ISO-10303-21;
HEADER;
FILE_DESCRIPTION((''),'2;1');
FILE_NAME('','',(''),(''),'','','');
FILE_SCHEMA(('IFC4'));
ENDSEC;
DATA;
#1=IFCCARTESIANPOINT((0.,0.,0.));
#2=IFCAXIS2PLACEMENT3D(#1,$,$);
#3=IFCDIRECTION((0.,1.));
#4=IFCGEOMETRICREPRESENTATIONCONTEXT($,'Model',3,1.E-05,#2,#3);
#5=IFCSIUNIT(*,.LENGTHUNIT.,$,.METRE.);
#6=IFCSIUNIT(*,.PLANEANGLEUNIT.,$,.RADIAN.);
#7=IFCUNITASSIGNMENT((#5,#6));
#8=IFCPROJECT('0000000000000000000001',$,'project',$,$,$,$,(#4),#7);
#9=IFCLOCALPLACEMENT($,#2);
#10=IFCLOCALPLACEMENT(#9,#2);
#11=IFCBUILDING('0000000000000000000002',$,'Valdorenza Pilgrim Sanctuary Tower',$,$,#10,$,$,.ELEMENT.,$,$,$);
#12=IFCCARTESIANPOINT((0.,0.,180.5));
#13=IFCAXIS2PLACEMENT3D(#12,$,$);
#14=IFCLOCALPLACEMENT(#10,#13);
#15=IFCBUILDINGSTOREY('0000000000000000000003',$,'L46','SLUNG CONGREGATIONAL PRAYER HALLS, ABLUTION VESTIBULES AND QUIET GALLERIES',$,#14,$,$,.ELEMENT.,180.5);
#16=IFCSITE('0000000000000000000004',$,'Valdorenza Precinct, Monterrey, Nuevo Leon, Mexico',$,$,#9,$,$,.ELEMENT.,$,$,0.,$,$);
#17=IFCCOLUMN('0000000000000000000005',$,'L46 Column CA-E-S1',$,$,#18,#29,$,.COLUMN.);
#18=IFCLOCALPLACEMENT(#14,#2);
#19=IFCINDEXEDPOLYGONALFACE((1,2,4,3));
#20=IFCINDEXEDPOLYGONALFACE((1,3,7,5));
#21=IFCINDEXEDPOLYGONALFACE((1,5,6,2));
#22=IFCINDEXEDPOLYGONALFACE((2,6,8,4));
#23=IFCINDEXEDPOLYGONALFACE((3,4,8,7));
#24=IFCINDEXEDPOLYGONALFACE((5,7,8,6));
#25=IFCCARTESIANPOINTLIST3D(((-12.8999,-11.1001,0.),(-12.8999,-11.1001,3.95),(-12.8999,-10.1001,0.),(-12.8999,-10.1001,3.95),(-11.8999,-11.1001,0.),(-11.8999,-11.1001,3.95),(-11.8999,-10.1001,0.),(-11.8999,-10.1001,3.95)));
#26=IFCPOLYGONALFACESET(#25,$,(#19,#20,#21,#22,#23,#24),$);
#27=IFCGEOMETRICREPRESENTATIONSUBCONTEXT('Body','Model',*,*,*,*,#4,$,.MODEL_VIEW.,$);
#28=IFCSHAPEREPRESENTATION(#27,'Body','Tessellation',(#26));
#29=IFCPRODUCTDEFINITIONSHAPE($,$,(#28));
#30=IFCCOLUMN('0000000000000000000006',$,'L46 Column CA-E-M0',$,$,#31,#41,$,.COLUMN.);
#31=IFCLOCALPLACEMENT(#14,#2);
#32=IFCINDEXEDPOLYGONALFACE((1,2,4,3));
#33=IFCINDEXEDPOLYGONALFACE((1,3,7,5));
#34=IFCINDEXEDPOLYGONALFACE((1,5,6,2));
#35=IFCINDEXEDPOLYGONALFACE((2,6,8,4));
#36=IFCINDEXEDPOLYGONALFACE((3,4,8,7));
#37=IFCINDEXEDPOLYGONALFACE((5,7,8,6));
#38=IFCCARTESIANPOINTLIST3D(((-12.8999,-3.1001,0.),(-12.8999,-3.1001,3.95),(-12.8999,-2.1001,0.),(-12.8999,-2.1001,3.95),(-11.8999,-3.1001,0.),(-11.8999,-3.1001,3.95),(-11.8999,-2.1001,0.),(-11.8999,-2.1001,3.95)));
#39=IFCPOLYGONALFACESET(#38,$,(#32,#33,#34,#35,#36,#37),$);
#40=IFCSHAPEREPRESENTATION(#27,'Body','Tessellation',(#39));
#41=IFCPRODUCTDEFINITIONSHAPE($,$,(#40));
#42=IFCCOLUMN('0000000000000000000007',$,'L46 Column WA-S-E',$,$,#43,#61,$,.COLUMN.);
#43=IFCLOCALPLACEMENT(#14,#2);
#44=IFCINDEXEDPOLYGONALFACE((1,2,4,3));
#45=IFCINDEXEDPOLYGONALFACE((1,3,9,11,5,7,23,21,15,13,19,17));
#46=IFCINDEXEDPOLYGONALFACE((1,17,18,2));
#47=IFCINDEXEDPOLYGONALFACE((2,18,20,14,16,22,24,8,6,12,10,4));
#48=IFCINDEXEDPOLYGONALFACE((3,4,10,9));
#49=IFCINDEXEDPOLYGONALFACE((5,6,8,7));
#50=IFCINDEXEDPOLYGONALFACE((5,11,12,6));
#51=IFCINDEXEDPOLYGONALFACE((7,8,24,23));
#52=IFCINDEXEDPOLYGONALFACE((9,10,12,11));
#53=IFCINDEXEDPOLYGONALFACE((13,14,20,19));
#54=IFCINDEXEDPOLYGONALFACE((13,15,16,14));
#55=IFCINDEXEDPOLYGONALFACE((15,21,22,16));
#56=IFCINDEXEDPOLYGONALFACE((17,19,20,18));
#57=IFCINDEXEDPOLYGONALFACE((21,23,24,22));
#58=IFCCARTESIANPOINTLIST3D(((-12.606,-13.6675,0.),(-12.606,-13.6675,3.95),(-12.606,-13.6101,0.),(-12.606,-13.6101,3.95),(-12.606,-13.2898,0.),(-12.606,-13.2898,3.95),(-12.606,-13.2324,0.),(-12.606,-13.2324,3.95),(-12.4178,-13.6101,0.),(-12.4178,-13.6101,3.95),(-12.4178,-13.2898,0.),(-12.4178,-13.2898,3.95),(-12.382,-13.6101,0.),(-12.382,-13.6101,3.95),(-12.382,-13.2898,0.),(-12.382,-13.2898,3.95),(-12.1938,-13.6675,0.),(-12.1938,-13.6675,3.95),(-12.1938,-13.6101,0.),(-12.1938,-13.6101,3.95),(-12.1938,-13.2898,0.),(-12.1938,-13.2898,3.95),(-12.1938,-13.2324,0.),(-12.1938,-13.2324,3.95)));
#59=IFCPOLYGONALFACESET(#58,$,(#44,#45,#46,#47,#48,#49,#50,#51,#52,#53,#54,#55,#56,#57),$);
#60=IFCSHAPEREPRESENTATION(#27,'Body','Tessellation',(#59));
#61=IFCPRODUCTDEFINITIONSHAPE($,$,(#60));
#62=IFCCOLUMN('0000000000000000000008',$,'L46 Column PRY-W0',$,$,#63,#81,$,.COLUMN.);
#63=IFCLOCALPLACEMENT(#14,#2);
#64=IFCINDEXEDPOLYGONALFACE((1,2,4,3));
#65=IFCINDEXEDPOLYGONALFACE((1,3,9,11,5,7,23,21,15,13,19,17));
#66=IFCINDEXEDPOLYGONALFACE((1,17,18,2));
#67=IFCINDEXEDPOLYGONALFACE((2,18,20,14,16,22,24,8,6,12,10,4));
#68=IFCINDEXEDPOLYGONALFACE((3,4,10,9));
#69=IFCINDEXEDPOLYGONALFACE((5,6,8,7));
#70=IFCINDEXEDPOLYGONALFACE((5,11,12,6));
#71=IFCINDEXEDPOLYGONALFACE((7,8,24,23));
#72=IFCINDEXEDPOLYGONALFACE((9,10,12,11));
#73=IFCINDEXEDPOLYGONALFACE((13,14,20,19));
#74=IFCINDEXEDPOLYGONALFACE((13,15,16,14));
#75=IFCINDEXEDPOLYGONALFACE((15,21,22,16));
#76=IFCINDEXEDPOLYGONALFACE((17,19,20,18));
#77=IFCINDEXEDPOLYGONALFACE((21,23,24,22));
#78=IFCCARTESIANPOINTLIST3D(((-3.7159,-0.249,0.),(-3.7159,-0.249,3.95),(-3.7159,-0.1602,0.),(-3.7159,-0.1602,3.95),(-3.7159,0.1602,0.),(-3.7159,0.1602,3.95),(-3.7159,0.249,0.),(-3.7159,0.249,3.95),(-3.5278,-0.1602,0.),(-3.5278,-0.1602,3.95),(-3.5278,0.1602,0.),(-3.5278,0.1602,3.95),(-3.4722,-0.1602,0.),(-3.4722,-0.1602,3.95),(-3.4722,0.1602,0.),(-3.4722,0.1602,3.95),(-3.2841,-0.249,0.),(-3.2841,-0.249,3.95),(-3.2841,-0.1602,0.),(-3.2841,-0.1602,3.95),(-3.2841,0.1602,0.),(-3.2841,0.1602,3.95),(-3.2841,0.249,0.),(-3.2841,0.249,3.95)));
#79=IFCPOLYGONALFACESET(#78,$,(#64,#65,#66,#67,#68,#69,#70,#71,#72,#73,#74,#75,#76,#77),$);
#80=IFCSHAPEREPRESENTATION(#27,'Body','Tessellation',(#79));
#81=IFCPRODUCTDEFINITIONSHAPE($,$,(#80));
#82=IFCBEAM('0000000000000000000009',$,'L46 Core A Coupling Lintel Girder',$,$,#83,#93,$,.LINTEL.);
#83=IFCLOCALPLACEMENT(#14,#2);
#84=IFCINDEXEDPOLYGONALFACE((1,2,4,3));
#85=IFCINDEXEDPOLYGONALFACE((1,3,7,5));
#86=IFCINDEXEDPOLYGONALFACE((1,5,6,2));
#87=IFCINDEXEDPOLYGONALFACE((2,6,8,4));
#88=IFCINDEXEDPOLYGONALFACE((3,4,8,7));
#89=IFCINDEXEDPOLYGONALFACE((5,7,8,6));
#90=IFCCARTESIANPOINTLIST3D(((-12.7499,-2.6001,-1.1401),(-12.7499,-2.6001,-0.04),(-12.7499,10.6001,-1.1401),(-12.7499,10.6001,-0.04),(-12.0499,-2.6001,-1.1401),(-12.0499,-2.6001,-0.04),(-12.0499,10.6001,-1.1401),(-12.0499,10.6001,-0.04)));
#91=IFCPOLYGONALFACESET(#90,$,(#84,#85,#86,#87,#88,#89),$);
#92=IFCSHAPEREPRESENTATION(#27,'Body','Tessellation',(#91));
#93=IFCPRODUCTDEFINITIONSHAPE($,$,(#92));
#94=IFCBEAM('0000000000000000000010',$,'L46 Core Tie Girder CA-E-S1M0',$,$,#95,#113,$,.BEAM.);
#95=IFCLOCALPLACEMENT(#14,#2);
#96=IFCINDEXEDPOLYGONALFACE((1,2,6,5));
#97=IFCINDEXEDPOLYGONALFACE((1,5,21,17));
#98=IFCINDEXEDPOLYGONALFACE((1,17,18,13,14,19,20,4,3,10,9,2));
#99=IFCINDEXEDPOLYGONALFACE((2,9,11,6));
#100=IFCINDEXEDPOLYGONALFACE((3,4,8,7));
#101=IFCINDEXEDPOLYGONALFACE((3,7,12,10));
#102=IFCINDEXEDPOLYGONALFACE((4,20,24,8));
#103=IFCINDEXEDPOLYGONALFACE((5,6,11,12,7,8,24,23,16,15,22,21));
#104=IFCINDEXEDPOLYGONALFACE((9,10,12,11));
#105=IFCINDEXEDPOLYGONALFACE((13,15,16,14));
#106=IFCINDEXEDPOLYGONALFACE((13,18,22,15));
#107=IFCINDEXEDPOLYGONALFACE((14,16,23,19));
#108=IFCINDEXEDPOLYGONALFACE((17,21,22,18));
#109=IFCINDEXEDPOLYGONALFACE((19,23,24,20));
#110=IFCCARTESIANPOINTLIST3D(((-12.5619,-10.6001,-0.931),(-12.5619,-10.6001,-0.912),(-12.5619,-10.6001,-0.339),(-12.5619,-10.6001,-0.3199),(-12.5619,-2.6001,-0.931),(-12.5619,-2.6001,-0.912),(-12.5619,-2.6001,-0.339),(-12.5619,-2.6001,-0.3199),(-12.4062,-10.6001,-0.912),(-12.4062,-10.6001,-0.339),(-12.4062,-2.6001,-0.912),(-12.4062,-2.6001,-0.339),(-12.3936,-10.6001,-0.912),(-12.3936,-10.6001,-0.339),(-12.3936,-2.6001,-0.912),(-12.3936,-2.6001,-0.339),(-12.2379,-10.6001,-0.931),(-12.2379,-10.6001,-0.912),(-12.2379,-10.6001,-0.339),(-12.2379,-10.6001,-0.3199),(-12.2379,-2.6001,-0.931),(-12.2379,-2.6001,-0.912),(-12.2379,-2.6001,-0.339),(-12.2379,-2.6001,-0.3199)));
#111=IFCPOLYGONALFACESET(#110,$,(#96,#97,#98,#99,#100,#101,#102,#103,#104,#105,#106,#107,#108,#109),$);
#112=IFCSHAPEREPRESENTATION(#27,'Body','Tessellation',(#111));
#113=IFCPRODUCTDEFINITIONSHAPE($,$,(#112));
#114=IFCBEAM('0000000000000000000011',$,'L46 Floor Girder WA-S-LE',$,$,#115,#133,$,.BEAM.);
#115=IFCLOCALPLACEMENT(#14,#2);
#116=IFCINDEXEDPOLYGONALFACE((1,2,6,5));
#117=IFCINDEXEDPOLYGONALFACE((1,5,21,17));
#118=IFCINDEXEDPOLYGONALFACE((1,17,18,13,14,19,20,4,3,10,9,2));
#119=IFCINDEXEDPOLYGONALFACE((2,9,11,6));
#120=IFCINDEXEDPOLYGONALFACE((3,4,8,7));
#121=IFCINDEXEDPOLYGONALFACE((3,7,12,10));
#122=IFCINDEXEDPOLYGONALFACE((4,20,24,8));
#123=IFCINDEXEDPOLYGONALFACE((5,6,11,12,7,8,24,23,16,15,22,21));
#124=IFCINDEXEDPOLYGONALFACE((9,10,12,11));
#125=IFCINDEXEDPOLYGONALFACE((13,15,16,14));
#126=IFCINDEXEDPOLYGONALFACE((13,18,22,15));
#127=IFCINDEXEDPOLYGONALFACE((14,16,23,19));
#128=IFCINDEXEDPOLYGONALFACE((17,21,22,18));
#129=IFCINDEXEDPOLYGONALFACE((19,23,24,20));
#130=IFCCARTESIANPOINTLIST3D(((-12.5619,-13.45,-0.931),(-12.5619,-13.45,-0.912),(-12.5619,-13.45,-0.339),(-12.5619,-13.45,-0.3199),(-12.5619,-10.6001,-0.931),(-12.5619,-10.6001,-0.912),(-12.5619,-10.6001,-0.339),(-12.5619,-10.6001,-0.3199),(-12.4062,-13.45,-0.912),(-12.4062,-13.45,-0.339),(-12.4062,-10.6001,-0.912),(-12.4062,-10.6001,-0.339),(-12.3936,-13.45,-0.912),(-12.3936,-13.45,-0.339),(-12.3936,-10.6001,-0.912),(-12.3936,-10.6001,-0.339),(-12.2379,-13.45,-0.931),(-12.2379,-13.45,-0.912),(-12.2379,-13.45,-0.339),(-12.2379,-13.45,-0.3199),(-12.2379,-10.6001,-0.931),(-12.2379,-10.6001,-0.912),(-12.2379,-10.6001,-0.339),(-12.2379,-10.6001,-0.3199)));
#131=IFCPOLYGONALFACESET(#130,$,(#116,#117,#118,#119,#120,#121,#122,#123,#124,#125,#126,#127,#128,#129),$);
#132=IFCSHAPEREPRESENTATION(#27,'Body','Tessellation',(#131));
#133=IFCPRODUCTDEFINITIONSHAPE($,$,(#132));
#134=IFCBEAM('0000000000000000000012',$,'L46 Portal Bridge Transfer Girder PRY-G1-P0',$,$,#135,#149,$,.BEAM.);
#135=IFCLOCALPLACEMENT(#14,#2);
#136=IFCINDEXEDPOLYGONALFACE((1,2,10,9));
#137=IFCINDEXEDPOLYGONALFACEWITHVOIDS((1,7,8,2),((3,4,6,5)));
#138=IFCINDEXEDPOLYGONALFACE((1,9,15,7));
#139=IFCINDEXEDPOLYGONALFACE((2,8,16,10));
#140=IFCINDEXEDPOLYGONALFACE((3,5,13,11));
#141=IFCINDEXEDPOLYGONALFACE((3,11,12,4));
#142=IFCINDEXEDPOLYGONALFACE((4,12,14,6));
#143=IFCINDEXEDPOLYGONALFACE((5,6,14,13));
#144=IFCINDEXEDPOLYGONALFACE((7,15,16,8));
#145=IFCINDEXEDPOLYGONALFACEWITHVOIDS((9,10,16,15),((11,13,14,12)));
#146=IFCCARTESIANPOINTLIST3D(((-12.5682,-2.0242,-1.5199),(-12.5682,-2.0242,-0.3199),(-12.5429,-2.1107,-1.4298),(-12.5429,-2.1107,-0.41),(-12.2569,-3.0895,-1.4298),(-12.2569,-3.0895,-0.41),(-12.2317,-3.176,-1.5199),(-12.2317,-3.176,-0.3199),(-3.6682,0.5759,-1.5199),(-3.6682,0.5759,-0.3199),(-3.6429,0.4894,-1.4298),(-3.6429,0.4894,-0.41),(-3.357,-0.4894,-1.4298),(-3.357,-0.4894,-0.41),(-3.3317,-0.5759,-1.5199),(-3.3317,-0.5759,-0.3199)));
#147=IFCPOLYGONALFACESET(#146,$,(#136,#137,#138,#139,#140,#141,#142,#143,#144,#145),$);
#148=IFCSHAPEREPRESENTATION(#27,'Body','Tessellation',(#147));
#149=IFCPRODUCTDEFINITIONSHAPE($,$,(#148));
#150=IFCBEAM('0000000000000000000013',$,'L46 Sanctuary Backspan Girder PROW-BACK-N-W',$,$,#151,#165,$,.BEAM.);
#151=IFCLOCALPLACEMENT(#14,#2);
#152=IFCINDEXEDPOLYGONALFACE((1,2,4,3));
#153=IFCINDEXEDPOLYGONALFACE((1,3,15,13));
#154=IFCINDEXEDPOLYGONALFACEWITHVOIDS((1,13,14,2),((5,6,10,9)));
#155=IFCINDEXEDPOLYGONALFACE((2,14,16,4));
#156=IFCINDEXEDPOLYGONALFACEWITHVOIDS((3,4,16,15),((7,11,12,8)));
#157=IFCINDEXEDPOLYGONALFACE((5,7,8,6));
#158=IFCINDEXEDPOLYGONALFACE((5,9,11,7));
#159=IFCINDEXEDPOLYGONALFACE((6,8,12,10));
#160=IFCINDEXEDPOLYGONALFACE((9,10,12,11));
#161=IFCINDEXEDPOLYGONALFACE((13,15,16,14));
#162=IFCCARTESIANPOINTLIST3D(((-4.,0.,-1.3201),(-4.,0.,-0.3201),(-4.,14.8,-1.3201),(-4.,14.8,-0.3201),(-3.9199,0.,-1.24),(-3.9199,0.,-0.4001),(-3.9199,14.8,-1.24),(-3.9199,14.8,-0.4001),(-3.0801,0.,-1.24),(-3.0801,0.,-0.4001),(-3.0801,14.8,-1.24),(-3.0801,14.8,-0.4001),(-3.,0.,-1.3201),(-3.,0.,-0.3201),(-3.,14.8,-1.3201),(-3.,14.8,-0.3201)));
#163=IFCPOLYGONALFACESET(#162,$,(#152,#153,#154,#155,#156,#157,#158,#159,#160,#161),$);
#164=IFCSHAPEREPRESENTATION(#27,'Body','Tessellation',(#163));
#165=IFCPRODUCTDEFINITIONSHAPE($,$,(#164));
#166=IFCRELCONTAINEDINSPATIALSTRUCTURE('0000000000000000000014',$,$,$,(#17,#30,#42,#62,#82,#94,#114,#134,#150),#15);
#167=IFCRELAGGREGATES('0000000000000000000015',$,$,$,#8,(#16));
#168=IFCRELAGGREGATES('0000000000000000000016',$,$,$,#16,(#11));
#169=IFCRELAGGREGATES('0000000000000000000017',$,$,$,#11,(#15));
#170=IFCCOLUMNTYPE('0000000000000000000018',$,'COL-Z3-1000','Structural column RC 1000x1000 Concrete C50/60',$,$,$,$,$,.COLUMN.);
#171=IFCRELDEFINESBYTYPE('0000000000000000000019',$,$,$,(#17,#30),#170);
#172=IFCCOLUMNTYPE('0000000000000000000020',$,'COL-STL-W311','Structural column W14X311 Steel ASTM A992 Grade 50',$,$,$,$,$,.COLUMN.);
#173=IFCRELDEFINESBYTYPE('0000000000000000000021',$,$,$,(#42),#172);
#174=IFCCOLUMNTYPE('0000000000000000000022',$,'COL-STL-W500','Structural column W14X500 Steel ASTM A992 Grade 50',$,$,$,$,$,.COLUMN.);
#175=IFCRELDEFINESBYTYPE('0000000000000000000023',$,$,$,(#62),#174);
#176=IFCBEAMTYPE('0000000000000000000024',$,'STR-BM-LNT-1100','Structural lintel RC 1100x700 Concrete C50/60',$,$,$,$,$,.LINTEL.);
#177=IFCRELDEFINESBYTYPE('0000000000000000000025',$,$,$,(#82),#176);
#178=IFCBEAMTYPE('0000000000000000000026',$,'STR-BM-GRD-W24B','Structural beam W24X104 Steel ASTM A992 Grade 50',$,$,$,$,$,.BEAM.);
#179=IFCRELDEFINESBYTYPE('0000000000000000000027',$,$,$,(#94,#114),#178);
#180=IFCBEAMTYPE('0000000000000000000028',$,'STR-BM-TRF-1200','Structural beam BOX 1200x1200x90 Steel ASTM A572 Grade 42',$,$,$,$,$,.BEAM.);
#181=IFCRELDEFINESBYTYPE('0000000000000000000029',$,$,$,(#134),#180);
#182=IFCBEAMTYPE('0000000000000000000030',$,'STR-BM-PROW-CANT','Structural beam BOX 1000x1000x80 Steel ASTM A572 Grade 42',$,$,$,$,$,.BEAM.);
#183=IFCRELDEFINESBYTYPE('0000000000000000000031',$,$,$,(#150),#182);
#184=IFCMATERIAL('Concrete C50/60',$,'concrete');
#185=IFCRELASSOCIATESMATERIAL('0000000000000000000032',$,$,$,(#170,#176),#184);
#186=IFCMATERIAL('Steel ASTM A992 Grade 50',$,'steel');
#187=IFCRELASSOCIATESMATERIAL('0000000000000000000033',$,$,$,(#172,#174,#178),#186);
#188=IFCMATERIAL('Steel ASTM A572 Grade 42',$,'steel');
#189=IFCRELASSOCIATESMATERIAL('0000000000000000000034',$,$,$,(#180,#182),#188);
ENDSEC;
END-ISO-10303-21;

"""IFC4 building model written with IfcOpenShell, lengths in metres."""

from ifc_helpers import new_model, si_unit, direction, frame, origin, origin_2d, place, context, subcontext, project, spatial, rectangle, hollow_rectangle, i_section, extrude, source, transform, mapped, material, material_profile, profile_set, type_object, element, save


model = new_model("IFC4")

# Units and contexts
model_context = context("Model", 3, precision=1e-05, world=origin(), true_north=direction((0.0, 1.0)))
body_context = subcontext(model_context, "Body", "Model", "MODEL_VIEW")
ifc_project = project(units=[si_unit("LENGTHUNIT", "METRE"), si_unit("PLANEANGLEUNIT", "RADIAN")], contexts=[model_context])

# Site, building, storey
site_placement = place(None, origin())
site = spatial("IfcSite", under=ifc_project, at=site_placement, Name="Valdorenza Precinct, Monterrey, Nuevo Leon, Mexico", CompositionType="ELEMENT", RefElevation=0.0)
building_placement = place(site_placement, origin())
building = spatial("IfcBuilding", under=site, at=building_placement, Name="Valdorenza Pilgrim Sanctuary Tower", CompositionType="ELEMENT")
storey_placement = place(building_placement, frame((0.0, 0.0, 180.5)))
storey = spatial("IfcBuildingStorey", under=building, at=storey_placement, Name="L46", Description="SLUNG CONGREGATIONAL PRAYER HALLS, ABLUTION VESTIBULES AND QUIET GALLERIES", CompositionType="ELEMENT", Elevation=180.5)

# Columns
ifc_material_1 = material(Name="Concrete C50/60", Category="concrete")
ifc_material_profile_1 = material_profile(ifc_material_1, rectangle(XDim=1.0, YDim=1.0, at=origin_2d()), Name="RC 1000x1000")
ifc_profile_set_1 = profile_set([ifc_material_profile_1], Name="Concrete C50/60")
column_type_1 = type_object("IfcColumnType", Name="COL-Z3-1000", Description="Structural column RC 1000x1000 Concrete C50/60", PredefinedType="COLUMN", material=ifc_profile_set_1)
shared_shape_1 = source(origin(), body_context, "Body", "SweptSolid", [
    extrude(rectangle(XDim=1.0, YDim=1.0, at=origin_2d()), origin(), (0.0, 0.0, 1.0), 3.95),
])
for number, where, z_axis, x_axis, name in (
    (1, (-12.3999, -10.6001, 0.0), (0.0, 0.0, 1.0), (1.0, 0.0, 0.0), "L46 Column CA-E-S1"),
    (2, (-12.3999, -2.6001, 0.0), (0.0, 0.0, 1.0), (1.0, 0.0, 0.0), "L46 Column CA-E-M0"),
):
    element("IfcColumn", number, at=place(storey_placement, frame(where, z_axis=z_axis, x_axis=x_axis)), inside=storey, type_object=column_type_1, Name=name, PredefinedType="COLUMN", context=body_context, shape_type="MappedRepresentation", body=[
        mapped(shared_shape_1, transform((0.0, 0.0, 0.0), x_axis=(1.0, 0.0, 0.0), y_axis=(0.0, 1.0, 0.0), z_axis=(0.0, 0.0, 1.0), scale=1.0)),
    ])
ifc_material_2 = material(Name="Steel ASTM A992 Grade 50", Category="steel")
ifc_material_profile_2 = material_profile(ifc_material_2, i_section(OverallWidth=0.4121, OverallDepth=0.4351, WebThickness=0.0359, FlangeThickness=0.0574, at=origin_2d()), Name="W14X311")
ifc_profile_set_2 = profile_set([ifc_material_profile_2], Name="Steel ASTM A992 Grade 50")
column_type_2 = type_object("IfcColumnType", Name="COL-STL-W311", Description="Structural column W14X311 Steel ASTM A992 Grade 50", PredefinedType="COLUMN", material=ifc_profile_set_2)
shared_shape_2 = source(origin(), body_context, "Body", "SweptSolid", [
    extrude(i_section(OverallWidth=0.4121, OverallDepth=0.4351, WebThickness=0.0359, FlangeThickness=0.0574, at=origin_2d()), origin(), (0.0, 0.0, 1.0), 3.95),
])
column_1_placement = place(storey_placement, frame((-12.3999, -13.45, 0.0), z_axis=(0.0, 0.0, 1.0), x_axis=(1.0, 0.0, 0.0)))
element("IfcColumn", 3, at=column_1_placement, inside=storey, type_object=column_type_2, Name="L46 Column WA-S-E", PredefinedType="COLUMN", context=body_context, shape_type="MappedRepresentation", body=[
    mapped(shared_shape_2, transform((0.0, 0.0, 0.0), x_axis=(1.0, 0.0, 0.0), y_axis=(0.0, 1.0, 0.0), z_axis=(0.0, 0.0, 1.0), scale=1.0)),
])
ifc_material_profile_3 = material_profile(ifc_material_2, i_section(OverallWidth=0.4319, OverallDepth=0.498, WebThickness=0.0557, FlangeThickness=0.0889, at=origin_2d()), Name="W14X500")
ifc_profile_set_3 = profile_set([ifc_material_profile_3], Name="Steel ASTM A992 Grade 50")
column_type_3 = type_object("IfcColumnType", Name="COL-STL-W500", Description="Structural column W14X500 Steel ASTM A992 Grade 50", PredefinedType="COLUMN", material=ifc_profile_set_3)
shared_shape_3 = source(origin(), body_context, "Body", "SweptSolid", [
    extrude(i_section(OverallWidth=0.4319, OverallDepth=0.498, WebThickness=0.0557, FlangeThickness=0.0889, at=origin_2d()), origin(), (0.0, 0.0, 1.0), 3.95),
])
column_2_placement = place(storey_placement, frame((-3.5, 0.0, 0.0), z_axis=(0.0, 0.0, 1.0), x_axis=(1.0, 0.0, 0.0)))
element("IfcColumn", 4, at=column_2_placement, inside=storey, type_object=column_type_3, Name="L46 Column PRY-W0", PredefinedType="COLUMN", context=body_context, shape_type="MappedRepresentation", body=[
    mapped(shared_shape_3, transform((0.0, 0.0, 0.0), x_axis=(1.0, 0.0, 0.0), y_axis=(0.0, 1.0, 0.0), z_axis=(0.0, 0.0, 1.0), scale=1.0)),
])

# Beams
ifc_material_profile_4 = material_profile(ifc_material_1, rectangle(XDim=0.7, YDim=1.1001, at=origin_2d()), Name="RC 1100x700")
ifc_profile_set_4 = profile_set([ifc_material_profile_4], Name="Concrete C50/60")
beam_type_1 = type_object("IfcBeamType", Name="STR-BM-LNT-1100", Description="Structural lintel RC 1100x700 Concrete C50/60", PredefinedType="LINTEL", material=ifc_profile_set_4)
shared_shape_4 = source(origin(), body_context, "Body", "SweptSolid", [
    extrude(rectangle(XDim=0.7, YDim=1.1001, at=origin_2d()), origin(), (0.0, 0.0, 1.0), 13.2002),
])
beam_1_placement = place(storey_placement, frame((-12.3999, -2.6001, -0.5901), z_axis=(0.0, 1.0, 0.0), x_axis=(-1.0, 0.0, 0.0)))
element("IfcBeam", 5, at=beam_1_placement, inside=storey, type_object=beam_type_1, Name="L46 Core A Coupling Lintel Girder", PredefinedType="LINTEL", context=body_context, shape_type="MappedRepresentation", body=[
    mapped(shared_shape_4, transform((0.0, 0.0, 0.0), x_axis=(1.0, 0.0, 0.0), y_axis=(0.0, 1.0, 0.0), z_axis=(0.0, 0.0, 1.0), scale=1.0)),
])
ifc_material_profile_5 = material_profile(ifc_material_2, i_section(OverallWidth=0.324, OverallDepth=0.6111, WebThickness=0.0127, FlangeThickness=0.019, at=origin_2d()), Name="W24X104")
ifc_profile_set_5 = profile_set([ifc_material_profile_5], Name="Steel ASTM A992 Grade 50")
beam_type_2 = type_object("IfcBeamType", Name="STR-BM-GRD-W24B", Description="Structural beam W24X104 Steel ASTM A992 Grade 50", PredefinedType="BEAM", material=ifc_profile_set_5)
shared_shape_5 = source(origin(), body_context, "Body", "SweptSolid", [
    extrude(i_section(OverallWidth=0.324, OverallDepth=0.6111, WebThickness=0.0127, FlangeThickness=0.019, at=origin_2d()), origin(), (0.0, 0.0, 1.0), 8.0),
])
beam_2_placement = place(storey_placement, frame((-12.3999, -10.6001, -0.6255), z_axis=(0.0, 1.0, 0.0), x_axis=(-1.0, 0.0, 0.0)))
element("IfcBeam", 6, at=beam_2_placement, inside=storey, type_object=beam_type_2, Name="L46 Core Tie Girder CA-E-S1M0", PredefinedType="BEAM", context=body_context, shape_type="MappedRepresentation", body=[
    mapped(shared_shape_5, transform((0.0, 0.0, 0.0), x_axis=(1.0, 0.0, 0.0), y_axis=(0.0, 1.0, 0.0), z_axis=(0.0, 0.0, 1.0), scale=1.0)),
])
shared_shape_6 = source(origin(), body_context, "Body", "SweptSolid", [
    extrude(i_section(OverallWidth=0.324, OverallDepth=0.6111, WebThickness=0.0127, FlangeThickness=0.019, at=origin_2d()), origin(), (0.0, 0.0, 1.0), 2.8499),
])
beam_3_placement = place(storey_placement, frame((-12.3999, -13.45, -0.6255), z_axis=(0.0, 1.0, 0.0), x_axis=(-1.0, 0.0, 0.0)))
element("IfcBeam", 7, at=beam_3_placement, inside=storey, type_object=beam_type_2, Name="L46 Floor Girder WA-S-LE", PredefinedType="BEAM", context=body_context, shape_type="MappedRepresentation", body=[
    mapped(shared_shape_6, transform((0.0, 0.0, 0.0), x_axis=(1.0, 0.0, 0.0), y_axis=(0.0, 1.0, 0.0), z_axis=(0.0, 0.0, 1.0), scale=1.0)),
])
ifc_material_3 = material(Name="Steel ASTM A572 Grade 42", Category="steel")
ifc_material_profile_6 = material_profile(ifc_material_3, hollow_rectangle(XDim=1.2, YDim=1.2, WallThickness=0.0901, at=origin_2d()), Name="BOX 1200x1200x90")
ifc_profile_set_6 = profile_set([ifc_material_profile_6], Name="Steel ASTM A572 Grade 42")
beam_type_3 = type_object("IfcBeamType", Name="STR-BM-TRF-1200", Description="Structural beam BOX 1200x1200x90 Steel ASTM A572 Grade 42", PredefinedType="BEAM", material=ifc_profile_set_6)
shared_shape_7 = source(origin(), body_context, "Body", "SweptSolid", [
    extrude(hollow_rectangle(XDim=1.2, YDim=1.2, WallThickness=0.0901, at=origin_2d()), origin(), (0.0, 0.0, 1.0), 9.272),
])
beam_4_placement = place(storey_placement, frame((-12.3999, -2.6001, -0.9199), z_axis=(0.959875, 0.280427, 0.0), x_axis=(-0.280427, 0.959875, 0.0)))
element("IfcBeam", 8, at=beam_4_placement, inside=storey, type_object=beam_type_3, Name="L46 Portal Bridge Transfer Girder PRY-G1-P0", PredefinedType="BEAM", context=body_context, shape_type="MappedRepresentation", body=[
    mapped(shared_shape_7, transform((0.0, 0.0, 0.0), x_axis=(1.0, 0.0, 0.0), y_axis=(0.0, 1.0, 0.0), z_axis=(0.0, 0.0, 1.0), scale=1.0)),
])
ifc_material_profile_7 = material_profile(ifc_material_3, hollow_rectangle(XDim=1.0, YDim=1.0, WallThickness=0.0801, at=origin_2d()), Name="BOX 1000x1000x80")
ifc_profile_set_7 = profile_set([ifc_material_profile_7], Name="Steel ASTM A572 Grade 42")
beam_type_4 = type_object("IfcBeamType", Name="STR-BM-PROW-CANT", Description="Structural beam BOX 1000x1000x80 Steel ASTM A572 Grade 42", PredefinedType="BEAM", material=ifc_profile_set_7)
shared_shape_8 = source(origin(), body_context, "Body", "SweptSolid", [
    extrude(hollow_rectangle(XDim=1.0, YDim=1.0, WallThickness=0.0801, at=origin_2d()), origin(), (0.0, 0.0, 1.0), 14.8),
])
beam_5_placement = place(storey_placement, frame((-3.5, 0.0, -0.8201), z_axis=(0.0, 1.0, 0.0), x_axis=(-1.0, 0.0, 0.0)))
element("IfcBeam", 9, at=beam_5_placement, inside=storey, type_object=beam_type_4, Name="L46 Sanctuary Backspan Girder PROW-BACK-N-W", PredefinedType="BEAM", context=body_context, shape_type="MappedRepresentation", body=[
    mapped(shared_shape_8, transform((0.0, 0.0, 0.0), x_axis=(1.0, 0.0, 0.0), y_axis=(0.0, 1.0, 0.0), z_axis=(0.0, 0.0, 1.0), scale=1.0)),
])

save(model, "model.ifc")
